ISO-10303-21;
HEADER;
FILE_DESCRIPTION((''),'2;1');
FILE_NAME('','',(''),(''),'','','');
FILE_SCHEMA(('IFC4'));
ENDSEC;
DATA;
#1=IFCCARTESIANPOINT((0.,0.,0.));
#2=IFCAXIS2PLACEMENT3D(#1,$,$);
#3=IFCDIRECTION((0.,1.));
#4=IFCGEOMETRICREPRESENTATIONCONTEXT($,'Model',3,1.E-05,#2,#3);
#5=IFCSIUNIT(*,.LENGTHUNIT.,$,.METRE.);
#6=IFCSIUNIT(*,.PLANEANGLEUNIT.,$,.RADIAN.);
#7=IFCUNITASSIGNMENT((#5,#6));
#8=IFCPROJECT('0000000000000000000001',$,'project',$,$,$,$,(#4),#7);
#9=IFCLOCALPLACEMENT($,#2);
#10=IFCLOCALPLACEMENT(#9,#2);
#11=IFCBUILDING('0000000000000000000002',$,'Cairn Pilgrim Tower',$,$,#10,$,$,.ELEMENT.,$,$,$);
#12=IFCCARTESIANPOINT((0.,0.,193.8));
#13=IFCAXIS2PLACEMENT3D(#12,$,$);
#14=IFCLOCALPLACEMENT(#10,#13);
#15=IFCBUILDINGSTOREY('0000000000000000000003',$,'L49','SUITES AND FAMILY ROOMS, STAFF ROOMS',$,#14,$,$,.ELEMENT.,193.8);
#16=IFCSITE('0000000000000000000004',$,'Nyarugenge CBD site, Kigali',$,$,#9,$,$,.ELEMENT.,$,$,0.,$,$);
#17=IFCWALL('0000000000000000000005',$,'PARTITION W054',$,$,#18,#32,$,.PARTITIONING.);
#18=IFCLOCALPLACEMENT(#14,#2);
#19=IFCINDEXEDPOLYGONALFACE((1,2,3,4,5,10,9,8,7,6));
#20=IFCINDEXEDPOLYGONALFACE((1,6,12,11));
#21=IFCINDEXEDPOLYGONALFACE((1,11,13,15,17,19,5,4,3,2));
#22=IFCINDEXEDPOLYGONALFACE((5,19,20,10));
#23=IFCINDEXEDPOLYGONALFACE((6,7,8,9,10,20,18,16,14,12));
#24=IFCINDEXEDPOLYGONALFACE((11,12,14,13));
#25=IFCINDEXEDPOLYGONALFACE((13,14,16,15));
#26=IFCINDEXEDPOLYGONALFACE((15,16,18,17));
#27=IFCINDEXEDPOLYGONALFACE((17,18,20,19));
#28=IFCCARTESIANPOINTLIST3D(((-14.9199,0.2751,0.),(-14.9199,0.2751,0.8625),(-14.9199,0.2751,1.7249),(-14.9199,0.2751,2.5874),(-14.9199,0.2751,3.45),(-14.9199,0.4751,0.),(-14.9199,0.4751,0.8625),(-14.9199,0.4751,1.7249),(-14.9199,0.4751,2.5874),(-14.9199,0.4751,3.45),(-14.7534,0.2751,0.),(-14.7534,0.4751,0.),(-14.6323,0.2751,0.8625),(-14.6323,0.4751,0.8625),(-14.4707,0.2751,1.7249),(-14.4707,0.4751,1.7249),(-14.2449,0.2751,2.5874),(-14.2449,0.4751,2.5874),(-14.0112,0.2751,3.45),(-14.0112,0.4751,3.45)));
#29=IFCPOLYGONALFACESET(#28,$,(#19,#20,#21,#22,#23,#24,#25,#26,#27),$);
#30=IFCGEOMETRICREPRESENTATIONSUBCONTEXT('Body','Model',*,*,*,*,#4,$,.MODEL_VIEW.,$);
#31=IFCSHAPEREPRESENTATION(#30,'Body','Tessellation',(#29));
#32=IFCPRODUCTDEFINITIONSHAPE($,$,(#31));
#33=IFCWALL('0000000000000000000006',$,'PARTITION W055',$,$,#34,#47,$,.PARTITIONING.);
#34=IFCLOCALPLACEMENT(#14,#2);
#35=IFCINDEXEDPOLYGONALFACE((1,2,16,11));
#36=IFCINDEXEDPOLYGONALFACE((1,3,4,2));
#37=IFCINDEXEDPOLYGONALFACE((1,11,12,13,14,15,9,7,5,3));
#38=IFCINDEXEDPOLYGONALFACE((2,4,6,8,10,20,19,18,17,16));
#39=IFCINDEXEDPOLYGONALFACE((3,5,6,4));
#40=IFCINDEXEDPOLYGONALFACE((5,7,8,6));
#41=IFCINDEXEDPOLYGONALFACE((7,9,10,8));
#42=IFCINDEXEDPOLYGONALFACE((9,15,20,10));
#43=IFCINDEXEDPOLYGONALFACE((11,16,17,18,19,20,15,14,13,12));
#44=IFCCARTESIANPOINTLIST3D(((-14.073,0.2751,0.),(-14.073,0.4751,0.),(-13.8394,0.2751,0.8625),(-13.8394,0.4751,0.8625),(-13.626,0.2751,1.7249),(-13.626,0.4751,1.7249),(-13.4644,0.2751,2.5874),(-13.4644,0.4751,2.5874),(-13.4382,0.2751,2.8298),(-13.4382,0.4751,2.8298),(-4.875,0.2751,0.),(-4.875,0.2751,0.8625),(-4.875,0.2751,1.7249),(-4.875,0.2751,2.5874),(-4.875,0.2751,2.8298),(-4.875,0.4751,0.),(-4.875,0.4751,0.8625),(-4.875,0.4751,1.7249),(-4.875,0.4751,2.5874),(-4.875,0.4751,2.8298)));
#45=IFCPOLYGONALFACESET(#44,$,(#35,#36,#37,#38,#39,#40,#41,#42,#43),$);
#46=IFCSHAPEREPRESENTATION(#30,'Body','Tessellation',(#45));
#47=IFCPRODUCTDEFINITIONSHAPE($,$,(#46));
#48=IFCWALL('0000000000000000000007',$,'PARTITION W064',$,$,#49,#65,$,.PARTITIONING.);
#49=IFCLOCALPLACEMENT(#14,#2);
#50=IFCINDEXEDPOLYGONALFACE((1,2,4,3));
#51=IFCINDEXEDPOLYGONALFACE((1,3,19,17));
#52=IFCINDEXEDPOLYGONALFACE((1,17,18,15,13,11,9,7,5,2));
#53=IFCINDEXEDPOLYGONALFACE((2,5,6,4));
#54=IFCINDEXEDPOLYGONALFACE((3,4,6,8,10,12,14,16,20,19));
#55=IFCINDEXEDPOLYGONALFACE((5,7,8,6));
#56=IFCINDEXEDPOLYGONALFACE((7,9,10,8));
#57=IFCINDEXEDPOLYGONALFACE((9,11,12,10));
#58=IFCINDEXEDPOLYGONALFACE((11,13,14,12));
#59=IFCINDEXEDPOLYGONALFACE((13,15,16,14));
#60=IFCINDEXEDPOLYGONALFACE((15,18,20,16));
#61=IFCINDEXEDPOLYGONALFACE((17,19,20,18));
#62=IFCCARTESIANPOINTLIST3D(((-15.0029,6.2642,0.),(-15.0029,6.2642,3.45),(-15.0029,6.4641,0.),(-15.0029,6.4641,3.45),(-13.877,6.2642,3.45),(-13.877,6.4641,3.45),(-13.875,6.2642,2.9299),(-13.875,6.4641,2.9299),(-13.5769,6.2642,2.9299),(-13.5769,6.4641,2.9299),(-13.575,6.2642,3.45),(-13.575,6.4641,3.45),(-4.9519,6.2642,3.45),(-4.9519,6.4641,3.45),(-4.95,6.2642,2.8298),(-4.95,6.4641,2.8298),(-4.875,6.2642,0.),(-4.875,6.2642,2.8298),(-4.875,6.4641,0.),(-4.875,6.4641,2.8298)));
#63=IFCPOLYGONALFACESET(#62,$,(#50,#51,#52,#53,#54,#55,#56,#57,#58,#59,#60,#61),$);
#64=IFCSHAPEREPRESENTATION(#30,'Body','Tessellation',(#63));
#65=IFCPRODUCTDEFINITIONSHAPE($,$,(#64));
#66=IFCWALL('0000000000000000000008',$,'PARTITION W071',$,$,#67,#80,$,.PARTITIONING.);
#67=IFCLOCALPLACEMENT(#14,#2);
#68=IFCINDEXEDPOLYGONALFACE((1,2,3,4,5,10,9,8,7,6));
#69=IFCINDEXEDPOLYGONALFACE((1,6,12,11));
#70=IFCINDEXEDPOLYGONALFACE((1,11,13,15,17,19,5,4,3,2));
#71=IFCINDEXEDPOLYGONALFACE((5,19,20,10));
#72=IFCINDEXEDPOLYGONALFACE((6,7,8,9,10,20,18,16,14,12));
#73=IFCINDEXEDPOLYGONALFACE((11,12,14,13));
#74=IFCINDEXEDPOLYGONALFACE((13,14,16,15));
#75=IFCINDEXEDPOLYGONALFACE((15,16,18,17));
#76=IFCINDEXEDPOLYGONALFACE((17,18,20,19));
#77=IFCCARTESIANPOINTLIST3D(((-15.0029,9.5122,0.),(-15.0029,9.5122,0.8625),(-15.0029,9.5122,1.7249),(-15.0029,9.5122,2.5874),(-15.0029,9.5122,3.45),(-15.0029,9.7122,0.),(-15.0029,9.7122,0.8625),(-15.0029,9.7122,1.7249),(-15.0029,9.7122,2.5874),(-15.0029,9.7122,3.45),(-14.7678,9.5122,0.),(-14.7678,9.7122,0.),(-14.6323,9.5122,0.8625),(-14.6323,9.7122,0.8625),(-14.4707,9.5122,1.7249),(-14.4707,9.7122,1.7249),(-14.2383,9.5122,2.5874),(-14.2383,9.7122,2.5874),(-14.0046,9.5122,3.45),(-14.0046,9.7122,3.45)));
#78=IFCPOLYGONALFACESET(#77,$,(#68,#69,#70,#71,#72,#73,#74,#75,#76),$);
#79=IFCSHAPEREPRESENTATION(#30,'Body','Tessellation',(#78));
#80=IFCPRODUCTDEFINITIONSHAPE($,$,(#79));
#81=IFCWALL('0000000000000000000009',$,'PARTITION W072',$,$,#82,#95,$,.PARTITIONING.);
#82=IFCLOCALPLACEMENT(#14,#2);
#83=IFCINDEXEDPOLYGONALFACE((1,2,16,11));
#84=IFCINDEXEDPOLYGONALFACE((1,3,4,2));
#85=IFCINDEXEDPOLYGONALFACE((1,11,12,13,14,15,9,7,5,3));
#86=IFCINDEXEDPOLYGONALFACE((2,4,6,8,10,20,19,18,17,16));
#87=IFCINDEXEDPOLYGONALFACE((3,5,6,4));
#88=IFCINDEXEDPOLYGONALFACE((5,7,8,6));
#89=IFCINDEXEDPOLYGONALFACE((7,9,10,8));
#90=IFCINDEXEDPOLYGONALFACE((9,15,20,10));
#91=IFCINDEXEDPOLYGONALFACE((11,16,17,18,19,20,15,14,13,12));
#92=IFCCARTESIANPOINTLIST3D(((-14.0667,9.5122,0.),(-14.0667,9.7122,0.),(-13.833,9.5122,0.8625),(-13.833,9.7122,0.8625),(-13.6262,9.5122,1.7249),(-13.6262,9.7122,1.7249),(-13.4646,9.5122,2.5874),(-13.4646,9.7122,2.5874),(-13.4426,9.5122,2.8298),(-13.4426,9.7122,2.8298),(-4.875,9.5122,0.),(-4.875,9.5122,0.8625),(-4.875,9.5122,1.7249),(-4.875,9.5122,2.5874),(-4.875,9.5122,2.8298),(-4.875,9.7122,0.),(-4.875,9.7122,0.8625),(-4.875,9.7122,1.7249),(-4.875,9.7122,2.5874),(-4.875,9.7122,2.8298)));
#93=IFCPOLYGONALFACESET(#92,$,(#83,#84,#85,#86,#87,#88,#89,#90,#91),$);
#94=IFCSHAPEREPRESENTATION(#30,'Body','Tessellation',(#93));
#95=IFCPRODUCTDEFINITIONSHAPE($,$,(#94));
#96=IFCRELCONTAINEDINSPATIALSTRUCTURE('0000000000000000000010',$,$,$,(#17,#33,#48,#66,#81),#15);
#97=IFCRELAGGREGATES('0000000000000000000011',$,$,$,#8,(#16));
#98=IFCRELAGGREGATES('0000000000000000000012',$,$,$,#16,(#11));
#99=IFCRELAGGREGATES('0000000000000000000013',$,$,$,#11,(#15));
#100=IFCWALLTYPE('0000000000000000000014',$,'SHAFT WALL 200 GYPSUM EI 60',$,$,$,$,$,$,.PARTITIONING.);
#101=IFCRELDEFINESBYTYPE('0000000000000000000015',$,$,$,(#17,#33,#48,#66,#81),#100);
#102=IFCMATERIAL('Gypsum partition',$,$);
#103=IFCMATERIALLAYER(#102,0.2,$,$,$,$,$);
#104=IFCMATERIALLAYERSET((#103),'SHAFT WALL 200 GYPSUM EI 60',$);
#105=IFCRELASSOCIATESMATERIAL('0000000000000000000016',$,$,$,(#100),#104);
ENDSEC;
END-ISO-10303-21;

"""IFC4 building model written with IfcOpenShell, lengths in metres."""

from ifc_helpers import new_model, si_unit, direction, frame, origin, place, context, subcontext, project, spatial, polyline, outline, extrude, material, layer, layer_set, type_object, element, save


model = new_model("IFC4")

# Units and contexts
model_context = context("Model", 3, precision=1e-05, world=origin(), true_north=direction((0.0, 1.0)))
body_context = subcontext(model_context, "Body", "Model", "MODEL_VIEW")
ifc_project = project(units=[si_unit("LENGTHUNIT", "METRE"), si_unit("PLANEANGLEUNIT", "RADIAN")], contexts=[model_context])

# Site, building, storey
site_placement = place(None, origin())
site = spatial("IfcSite", under=ifc_project, at=site_placement, Name="Nyarugenge CBD site, Kigali", CompositionType="ELEMENT", RefElevation=0.0)
building_placement = place(site_placement, origin())
building = spatial("IfcBuilding", under=site, at=building_placement, Name="Cairn Pilgrim Tower", CompositionType="ELEMENT")
storey_placement = place(building_placement, frame((0.0, 0.0, 193.8)))
storey = spatial("IfcBuildingStorey", under=building, at=storey_placement, Name="L49", Description="SUITES AND FAMILY ROOMS, STAFF ROOMS", CompositionType="ELEMENT", Elevation=193.8)

# Shared definitions
ifc_material_1 = material(Name="Gypsum partition")

# Walls
ifc_layer_1 = layer(ifc_material_1, 0.2)
ifc_layer_set_1 = layer_set([ifc_layer_1], Name="SHAFT WALL 200 GYPSUM EI 60")
wall_type_1 = type_object("IfcWallType", Name="SHAFT WALL 200 GYPSUM EI 60", PredefinedType="PARTITIONING", material=ifc_layer_set_1)
wall_1_placement = place(storey_placement, frame((-14.9199, 0.375, 0.0), z_axis=(0.0, 0.0, 1.0), x_axis=(1.0, 0.0, 0.0)))
element("IfcWall", 1, at=wall_1_placement, inside=storey, type_object=wall_type_1, Name="PARTITION W054", PredefinedType="PARTITIONING", context=body_context, shape_type="SweptSolid", body=[
    extrude(outline(polyline([(0.0, 0.0), (0.1665, 0.0), (0.2876, 0.8625), (0.4492, 1.7249), (0.675, 2.5874), (0.9087, 3.45), (0.0, 3.45), (0.0, 2.5874), (0.0, 1.7249), (0.0, 0.8625), (0.0, 0.0)])), frame((0.0, 0.1001, 0.0), z_axis=(0.0, -1.0, 0.0), x_axis=(1.0, 0.0, 0.0)), (0.0, 0.0, 1.0), 0.2),
])
wall_2_placement = place(storey_placement, frame((-14.073, 0.375, 0.0), z_axis=(0.0, 0.0, 1.0), x_axis=(1.0, 0.0, 0.0)))
element("IfcWall", 2, at=wall_2_placement, inside=storey, type_object=wall_type_1, Name="PARTITION W055", PredefinedType="PARTITIONING", context=body_context, shape_type="SweptSolid", body=[
    extrude(outline(polyline([(0.0, 0.0), (9.198, 0.0), (9.198, 0.8625), (9.198, 1.7249), (9.198, 2.5874), (9.198, 2.8298), (0.6348, 2.8298), (0.6086, 2.5874), (0.447, 1.7249), (0.2336, 0.8625), (0.0, 0.0)])), frame((0.0, 0.1001, 0.0), z_axis=(0.0, -1.0, 0.0), x_axis=(1.0, 0.0, 0.0)), (0.0, 0.0, 1.0), 0.2),
])
wall_3_placement = place(storey_placement, frame((-15.0029, 6.364, 0.0), z_axis=(0.0, 0.0, 1.0), x_axis=(1.0, 0.0, 0.0)))
element("IfcWall", 3, at=wall_3_placement, inside=storey, type_object=wall_type_1, Name="PARTITION W064", PredefinedType="PARTITIONING", context=body_context, shape_type="SweptSolid", body=[
    extrude(outline(polyline([(0.0, 0.0), (10.1279, 0.0), (10.1279, 2.8298), (10.053, 2.8298), (10.051, 3.45), (1.428, 3.45), (1.426, 2.9299), (1.1279, 2.9299), (1.126, 3.45), (0.0, 3.45), (0.0, 0.0)])), frame((0.0, 0.1001, 0.0), z_axis=(0.0, -1.0, 0.0), x_axis=(1.0, 0.0, 0.0)), (0.0, 0.0, 1.0), 0.2),
])
wall_4_placement = place(storey_placement, frame((-15.0029, 9.6121, 0.0), z_axis=(0.0, 0.0, 1.0), x_axis=(1.0, 0.0, 0.0)))
element("IfcWall", 4, at=wall_4_placement, inside=storey, type_object=wall_type_1, Name="PARTITION W071", PredefinedType="PARTITIONING", context=body_context, shape_type="SweptSolid", body=[
    extrude(outline(polyline([(0.0, 0.0), (0.2351, 0.0), (0.3706, 0.8625), (0.5322, 1.7249), (0.7646, 2.5874), (0.9983, 3.45), (0.0, 3.45), (0.0, 2.5874), (0.0, 1.7249), (0.0, 0.8625), (0.0, 0.0)])), frame((0.0, 0.1001, 0.0), z_axis=(0.0, -1.0, 0.0), x_axis=(1.0, 0.0, 0.0)), (0.0, 0.0, 1.0), 0.2),
])
wall_5_placement = place(storey_placement, frame((-14.0667, 9.6121, 0.0), z_axis=(0.0, 0.0, 1.0), x_axis=(1.0, 0.0, 0.0)))
element("IfcWall", 5, at=wall_5_placement, inside=storey, type_object=wall_type_1, Name="PARTITION W072", PredefinedType="PARTITIONING", context=body_context, shape_type="SweptSolid", body=[
    extrude(outline(polyline([(0.0, 0.0), (9.1917, 0.0), (9.1917, 0.8625), (9.1917, 1.7249), (9.1917, 2.5874), (9.1917, 2.8298), (0.624, 2.8298), (0.6021, 2.5874), (0.4404, 1.7249), (0.2336, 0.8625), (0.0, 0.0)])), frame((0.0, 0.1001, 0.0), z_axis=(0.0, -1.0, 0.0), x_axis=(1.0, 0.0, 0.0)), (0.0, 0.0, 1.0), 0.2),
])

save(model, "model.ifc")
